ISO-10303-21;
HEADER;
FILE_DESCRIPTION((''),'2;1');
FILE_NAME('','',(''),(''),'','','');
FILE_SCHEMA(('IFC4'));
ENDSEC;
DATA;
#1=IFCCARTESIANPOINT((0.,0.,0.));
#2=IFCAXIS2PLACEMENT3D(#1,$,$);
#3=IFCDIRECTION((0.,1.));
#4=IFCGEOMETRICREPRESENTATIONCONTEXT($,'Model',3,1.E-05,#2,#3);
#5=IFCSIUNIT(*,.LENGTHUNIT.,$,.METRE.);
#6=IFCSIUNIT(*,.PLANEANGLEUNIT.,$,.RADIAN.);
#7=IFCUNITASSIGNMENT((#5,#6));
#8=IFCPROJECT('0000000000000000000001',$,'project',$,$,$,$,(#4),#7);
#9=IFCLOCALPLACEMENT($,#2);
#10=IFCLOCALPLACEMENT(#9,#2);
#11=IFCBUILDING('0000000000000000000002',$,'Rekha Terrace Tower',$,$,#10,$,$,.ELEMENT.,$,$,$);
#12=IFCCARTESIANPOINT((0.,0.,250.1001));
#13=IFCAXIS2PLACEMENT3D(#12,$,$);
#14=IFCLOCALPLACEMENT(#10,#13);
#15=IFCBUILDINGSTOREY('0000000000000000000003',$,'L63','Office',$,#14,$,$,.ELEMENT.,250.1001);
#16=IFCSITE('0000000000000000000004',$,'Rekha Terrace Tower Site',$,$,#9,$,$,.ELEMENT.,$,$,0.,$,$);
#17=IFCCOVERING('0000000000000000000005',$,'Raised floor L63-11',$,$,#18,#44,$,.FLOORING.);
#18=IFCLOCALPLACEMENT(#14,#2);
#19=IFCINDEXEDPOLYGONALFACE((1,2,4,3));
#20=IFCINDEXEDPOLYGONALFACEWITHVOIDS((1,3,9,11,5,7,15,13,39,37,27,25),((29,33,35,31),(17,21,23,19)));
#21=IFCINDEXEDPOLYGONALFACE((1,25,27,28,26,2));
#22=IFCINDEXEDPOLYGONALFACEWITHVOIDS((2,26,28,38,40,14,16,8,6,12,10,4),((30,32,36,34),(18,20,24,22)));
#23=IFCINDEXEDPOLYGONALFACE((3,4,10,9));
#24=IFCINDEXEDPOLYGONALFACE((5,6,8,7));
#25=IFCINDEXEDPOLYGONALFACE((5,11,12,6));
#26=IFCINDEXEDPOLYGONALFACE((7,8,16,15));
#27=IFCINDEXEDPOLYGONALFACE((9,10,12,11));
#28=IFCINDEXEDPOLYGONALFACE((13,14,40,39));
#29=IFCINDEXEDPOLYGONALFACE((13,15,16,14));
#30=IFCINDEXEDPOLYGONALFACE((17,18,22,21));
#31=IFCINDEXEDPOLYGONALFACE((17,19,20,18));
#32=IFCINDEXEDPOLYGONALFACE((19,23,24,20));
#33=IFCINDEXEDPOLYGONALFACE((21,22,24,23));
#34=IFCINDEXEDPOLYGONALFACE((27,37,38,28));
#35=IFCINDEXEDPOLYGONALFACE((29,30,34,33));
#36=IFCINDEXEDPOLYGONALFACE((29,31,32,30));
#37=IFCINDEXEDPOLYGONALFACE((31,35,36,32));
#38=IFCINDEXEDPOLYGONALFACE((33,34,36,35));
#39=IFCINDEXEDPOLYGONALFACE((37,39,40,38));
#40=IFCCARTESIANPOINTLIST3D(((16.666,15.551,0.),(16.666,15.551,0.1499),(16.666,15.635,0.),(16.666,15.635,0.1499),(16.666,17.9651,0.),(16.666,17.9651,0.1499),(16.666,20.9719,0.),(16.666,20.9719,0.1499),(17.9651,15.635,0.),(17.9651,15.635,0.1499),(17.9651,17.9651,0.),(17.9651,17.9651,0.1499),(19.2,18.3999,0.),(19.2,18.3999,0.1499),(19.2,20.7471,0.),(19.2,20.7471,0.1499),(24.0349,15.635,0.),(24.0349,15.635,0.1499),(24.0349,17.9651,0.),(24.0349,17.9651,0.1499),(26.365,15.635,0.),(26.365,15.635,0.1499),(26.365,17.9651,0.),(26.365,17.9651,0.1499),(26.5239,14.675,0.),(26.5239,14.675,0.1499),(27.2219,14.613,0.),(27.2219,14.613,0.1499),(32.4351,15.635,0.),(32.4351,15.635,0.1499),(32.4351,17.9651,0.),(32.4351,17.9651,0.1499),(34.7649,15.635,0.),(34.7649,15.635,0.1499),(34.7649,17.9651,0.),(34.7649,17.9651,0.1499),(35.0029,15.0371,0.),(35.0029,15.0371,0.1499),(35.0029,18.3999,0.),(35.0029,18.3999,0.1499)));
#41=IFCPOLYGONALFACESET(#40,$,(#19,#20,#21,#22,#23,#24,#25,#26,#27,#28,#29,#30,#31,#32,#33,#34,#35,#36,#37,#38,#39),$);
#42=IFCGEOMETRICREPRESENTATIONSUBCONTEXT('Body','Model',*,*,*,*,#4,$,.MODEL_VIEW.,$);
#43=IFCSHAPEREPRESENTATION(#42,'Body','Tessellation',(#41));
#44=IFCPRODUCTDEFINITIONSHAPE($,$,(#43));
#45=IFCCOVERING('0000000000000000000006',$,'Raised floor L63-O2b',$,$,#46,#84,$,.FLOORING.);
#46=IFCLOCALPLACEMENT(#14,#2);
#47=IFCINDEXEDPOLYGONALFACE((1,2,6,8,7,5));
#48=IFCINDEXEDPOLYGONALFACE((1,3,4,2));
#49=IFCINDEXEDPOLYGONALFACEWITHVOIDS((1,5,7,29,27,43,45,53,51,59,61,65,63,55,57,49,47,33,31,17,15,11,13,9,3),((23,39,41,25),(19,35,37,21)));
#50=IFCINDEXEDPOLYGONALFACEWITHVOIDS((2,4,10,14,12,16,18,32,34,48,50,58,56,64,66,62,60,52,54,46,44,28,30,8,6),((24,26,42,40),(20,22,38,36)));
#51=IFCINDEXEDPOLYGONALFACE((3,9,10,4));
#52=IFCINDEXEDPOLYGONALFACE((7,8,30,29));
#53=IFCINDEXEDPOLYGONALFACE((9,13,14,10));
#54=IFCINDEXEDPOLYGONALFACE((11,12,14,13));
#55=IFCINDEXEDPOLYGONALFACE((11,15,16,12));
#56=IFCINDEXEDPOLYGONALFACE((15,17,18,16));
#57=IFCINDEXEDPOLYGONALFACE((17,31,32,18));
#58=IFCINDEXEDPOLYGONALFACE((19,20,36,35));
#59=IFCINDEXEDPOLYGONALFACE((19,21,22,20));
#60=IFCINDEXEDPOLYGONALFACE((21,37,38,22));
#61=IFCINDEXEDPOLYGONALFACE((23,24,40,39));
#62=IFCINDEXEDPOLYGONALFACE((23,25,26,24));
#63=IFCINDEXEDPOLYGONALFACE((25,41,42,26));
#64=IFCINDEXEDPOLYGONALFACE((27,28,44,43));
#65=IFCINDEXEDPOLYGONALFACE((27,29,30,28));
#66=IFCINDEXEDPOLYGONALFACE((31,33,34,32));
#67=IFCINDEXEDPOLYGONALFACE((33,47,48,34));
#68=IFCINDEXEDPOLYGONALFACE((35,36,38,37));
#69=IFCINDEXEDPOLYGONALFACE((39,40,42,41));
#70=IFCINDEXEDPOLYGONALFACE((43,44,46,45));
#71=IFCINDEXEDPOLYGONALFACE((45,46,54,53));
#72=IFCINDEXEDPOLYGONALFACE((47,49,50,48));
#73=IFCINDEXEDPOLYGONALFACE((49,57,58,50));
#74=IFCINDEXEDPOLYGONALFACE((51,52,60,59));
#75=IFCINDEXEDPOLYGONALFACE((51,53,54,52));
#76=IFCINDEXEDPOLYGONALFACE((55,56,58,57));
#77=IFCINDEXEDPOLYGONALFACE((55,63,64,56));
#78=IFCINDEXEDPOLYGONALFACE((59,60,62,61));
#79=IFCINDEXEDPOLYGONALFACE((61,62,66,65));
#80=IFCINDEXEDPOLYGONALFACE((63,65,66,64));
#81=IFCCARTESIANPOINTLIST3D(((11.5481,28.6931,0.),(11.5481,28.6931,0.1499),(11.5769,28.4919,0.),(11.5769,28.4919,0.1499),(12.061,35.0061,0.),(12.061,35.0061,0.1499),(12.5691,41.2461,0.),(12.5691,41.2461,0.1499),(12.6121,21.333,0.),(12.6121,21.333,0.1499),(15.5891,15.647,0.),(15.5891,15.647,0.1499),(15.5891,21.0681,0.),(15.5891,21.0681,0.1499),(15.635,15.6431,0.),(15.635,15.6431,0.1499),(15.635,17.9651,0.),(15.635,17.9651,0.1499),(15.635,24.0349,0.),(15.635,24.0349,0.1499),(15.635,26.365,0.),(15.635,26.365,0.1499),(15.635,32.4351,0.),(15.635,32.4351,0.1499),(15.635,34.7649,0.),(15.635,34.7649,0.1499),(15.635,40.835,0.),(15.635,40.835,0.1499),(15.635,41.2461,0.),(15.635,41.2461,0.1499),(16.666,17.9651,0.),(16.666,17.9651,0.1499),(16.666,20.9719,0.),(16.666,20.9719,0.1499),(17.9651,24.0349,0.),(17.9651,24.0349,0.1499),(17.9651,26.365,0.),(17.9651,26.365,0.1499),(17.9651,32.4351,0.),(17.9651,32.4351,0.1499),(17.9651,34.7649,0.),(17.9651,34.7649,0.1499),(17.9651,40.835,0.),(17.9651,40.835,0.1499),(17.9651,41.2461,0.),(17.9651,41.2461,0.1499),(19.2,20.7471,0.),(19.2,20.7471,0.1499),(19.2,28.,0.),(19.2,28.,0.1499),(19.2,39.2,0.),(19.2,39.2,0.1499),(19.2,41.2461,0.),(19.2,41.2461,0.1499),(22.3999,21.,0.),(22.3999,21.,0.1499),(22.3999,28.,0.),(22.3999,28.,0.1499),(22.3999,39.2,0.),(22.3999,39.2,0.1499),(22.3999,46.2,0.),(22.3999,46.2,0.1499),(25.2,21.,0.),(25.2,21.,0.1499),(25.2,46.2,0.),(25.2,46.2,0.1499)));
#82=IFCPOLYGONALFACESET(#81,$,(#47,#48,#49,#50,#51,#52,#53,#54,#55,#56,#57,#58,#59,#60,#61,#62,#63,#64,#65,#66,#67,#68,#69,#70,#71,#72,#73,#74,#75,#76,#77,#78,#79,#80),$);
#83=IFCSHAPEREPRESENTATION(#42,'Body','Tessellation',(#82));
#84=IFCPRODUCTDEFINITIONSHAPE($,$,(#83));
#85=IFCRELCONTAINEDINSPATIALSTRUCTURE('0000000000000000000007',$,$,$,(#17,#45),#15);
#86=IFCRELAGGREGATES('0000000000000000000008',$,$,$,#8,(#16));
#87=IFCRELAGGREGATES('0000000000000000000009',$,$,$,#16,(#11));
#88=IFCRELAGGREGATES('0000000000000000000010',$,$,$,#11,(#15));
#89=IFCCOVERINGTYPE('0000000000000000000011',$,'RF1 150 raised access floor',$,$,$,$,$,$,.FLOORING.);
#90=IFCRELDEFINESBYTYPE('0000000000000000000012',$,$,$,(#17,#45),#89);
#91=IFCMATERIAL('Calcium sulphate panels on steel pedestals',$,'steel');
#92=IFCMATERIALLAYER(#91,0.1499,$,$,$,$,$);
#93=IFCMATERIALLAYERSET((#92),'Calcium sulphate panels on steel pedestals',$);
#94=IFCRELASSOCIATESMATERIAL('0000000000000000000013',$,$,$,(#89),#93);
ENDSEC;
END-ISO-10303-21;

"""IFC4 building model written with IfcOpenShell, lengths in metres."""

from ifc_helpers import new_model, si_unit, direction, frame, origin, place, context, subcontext, project, spatial, polyline, outline, extrude, material, layer, layer_set, type_object, element, save


model = new_model("IFC4")

# Units and contexts
model_context = context("Model", 3, precision=1e-05, world=origin(), true_north=direction((0.0, 1.0)))
body_context = subcontext(model_context, "Body", "Model", "MODEL_VIEW")
ifc_project = project(units=[si_unit("LENGTHUNIT", "METRE"), si_unit("PLANEANGLEUNIT", "RADIAN")], contexts=[model_context])

# Site, building, storey
site_placement = place(None, origin())
site = spatial("IfcSite", under=ifc_project, at=site_placement, Name="Rekha Terrace Tower Site", CompositionType="ELEMENT", RefElevation=0.0)
building_placement = place(site_placement, origin())
building = spatial("IfcBuilding", under=site, at=building_placement, Name="Rekha Terrace Tower", CompositionType="ELEMENT")
storey_placement = place(building_placement, frame((0.0, 0.0, 250.1001)))
storey = spatial("IfcBuildingStorey", under=building, at=storey_placement, Name="L63", Description="Office", CompositionType="ELEMENT", Elevation=250.1001)

# Coverings
ifc_material_1 = material(Name="Calcium sulphate panels on steel pedestals", Category="steel")
ifc_layer_1 = layer(ifc_material_1, 0.1499)
ifc_layer_set_1 = layer_set([ifc_layer_1], Name="Calcium sulphate panels on steel pedestals")
covering_type_1 = type_object("IfcCoveringType", Name="RF1 150 raised access floor", PredefinedType="FLOORING", material=ifc_layer_set_1)
covering_1_placement = place(storey_placement, origin())
element("IfcCovering", 1, at=covering_1_placement, inside=storey, type_object=covering_type_1, Name="Raised floor L63-11", PredefinedType="FLOORING", context=body_context, shape_type="SweptSolid", body=[
    extrude(outline(polyline([(26.5239, 14.675), (27.2219, 14.613), (35.0029, 15.0371), (35.0029, 18.3999), (19.2, 18.3999), (19.2, 20.7471), (16.666, 20.9719), (16.666, 17.9651), (17.9651, 17.9651), (17.9651, 15.635), (16.666, 15.635), (16.666, 15.551), (26.5239, 14.675)]), holes=[polyline([(34.7649, 15.635), (32.4351, 15.635), (32.4351, 17.9651), (34.7649, 17.9651), (34.7649, 15.635)]), polyline([(26.365, 17.9651), (26.365, 15.635), (24.0349, 15.635), (24.0349, 17.9651), (26.365, 17.9651)])]), origin(), (0.0, 0.0, 1.0), 0.1499),
])
covering_2_placement = place(storey_placement, origin())
element("IfcCovering", 2, at=covering_2_placement, inside=storey, type_object=covering_type_1, Name="Raised floor L63-O2b", PredefinedType="FLOORING", context=body_context, shape_type="SweptSolid", body=[
    extrude(outline(polyline([(11.5481, 28.6931), (11.5769, 28.4919), (12.6121, 21.333), (15.5891, 21.0681), (15.5891, 15.647), (15.635, 15.6431), (15.635, 17.9651), (16.666, 17.9651), (16.666, 20.9719), (19.2, 20.7471), (19.2, 28.0), (22.3999, 28.0), (22.3999, 21.0), (25.2, 21.0), (25.2, 46.2), (22.3999, 46.2), (22.3999, 39.2), (19.2, 39.2), (19.2, 41.2461), (17.9651, 41.2461), (17.9651, 40.835), (15.635, 40.835), (15.635, 41.2461), (12.5691, 41.2461), (12.061, 35.0061), (11.5481, 28.6931)]), holes=[polyline([(17.9651, 26.365), (17.9651, 24.0349), (15.635, 24.0349), (15.635, 26.365), (17.9651, 26.365)]), polyline([(17.9651, 34.7649), (17.9651, 32.4351), (15.635, 32.4351), (15.635, 34.7649), (17.9651, 34.7649)])]), origin(), (0.0, 0.0, 1.0), 0.1499),
])

save(model, "model.ifc")
